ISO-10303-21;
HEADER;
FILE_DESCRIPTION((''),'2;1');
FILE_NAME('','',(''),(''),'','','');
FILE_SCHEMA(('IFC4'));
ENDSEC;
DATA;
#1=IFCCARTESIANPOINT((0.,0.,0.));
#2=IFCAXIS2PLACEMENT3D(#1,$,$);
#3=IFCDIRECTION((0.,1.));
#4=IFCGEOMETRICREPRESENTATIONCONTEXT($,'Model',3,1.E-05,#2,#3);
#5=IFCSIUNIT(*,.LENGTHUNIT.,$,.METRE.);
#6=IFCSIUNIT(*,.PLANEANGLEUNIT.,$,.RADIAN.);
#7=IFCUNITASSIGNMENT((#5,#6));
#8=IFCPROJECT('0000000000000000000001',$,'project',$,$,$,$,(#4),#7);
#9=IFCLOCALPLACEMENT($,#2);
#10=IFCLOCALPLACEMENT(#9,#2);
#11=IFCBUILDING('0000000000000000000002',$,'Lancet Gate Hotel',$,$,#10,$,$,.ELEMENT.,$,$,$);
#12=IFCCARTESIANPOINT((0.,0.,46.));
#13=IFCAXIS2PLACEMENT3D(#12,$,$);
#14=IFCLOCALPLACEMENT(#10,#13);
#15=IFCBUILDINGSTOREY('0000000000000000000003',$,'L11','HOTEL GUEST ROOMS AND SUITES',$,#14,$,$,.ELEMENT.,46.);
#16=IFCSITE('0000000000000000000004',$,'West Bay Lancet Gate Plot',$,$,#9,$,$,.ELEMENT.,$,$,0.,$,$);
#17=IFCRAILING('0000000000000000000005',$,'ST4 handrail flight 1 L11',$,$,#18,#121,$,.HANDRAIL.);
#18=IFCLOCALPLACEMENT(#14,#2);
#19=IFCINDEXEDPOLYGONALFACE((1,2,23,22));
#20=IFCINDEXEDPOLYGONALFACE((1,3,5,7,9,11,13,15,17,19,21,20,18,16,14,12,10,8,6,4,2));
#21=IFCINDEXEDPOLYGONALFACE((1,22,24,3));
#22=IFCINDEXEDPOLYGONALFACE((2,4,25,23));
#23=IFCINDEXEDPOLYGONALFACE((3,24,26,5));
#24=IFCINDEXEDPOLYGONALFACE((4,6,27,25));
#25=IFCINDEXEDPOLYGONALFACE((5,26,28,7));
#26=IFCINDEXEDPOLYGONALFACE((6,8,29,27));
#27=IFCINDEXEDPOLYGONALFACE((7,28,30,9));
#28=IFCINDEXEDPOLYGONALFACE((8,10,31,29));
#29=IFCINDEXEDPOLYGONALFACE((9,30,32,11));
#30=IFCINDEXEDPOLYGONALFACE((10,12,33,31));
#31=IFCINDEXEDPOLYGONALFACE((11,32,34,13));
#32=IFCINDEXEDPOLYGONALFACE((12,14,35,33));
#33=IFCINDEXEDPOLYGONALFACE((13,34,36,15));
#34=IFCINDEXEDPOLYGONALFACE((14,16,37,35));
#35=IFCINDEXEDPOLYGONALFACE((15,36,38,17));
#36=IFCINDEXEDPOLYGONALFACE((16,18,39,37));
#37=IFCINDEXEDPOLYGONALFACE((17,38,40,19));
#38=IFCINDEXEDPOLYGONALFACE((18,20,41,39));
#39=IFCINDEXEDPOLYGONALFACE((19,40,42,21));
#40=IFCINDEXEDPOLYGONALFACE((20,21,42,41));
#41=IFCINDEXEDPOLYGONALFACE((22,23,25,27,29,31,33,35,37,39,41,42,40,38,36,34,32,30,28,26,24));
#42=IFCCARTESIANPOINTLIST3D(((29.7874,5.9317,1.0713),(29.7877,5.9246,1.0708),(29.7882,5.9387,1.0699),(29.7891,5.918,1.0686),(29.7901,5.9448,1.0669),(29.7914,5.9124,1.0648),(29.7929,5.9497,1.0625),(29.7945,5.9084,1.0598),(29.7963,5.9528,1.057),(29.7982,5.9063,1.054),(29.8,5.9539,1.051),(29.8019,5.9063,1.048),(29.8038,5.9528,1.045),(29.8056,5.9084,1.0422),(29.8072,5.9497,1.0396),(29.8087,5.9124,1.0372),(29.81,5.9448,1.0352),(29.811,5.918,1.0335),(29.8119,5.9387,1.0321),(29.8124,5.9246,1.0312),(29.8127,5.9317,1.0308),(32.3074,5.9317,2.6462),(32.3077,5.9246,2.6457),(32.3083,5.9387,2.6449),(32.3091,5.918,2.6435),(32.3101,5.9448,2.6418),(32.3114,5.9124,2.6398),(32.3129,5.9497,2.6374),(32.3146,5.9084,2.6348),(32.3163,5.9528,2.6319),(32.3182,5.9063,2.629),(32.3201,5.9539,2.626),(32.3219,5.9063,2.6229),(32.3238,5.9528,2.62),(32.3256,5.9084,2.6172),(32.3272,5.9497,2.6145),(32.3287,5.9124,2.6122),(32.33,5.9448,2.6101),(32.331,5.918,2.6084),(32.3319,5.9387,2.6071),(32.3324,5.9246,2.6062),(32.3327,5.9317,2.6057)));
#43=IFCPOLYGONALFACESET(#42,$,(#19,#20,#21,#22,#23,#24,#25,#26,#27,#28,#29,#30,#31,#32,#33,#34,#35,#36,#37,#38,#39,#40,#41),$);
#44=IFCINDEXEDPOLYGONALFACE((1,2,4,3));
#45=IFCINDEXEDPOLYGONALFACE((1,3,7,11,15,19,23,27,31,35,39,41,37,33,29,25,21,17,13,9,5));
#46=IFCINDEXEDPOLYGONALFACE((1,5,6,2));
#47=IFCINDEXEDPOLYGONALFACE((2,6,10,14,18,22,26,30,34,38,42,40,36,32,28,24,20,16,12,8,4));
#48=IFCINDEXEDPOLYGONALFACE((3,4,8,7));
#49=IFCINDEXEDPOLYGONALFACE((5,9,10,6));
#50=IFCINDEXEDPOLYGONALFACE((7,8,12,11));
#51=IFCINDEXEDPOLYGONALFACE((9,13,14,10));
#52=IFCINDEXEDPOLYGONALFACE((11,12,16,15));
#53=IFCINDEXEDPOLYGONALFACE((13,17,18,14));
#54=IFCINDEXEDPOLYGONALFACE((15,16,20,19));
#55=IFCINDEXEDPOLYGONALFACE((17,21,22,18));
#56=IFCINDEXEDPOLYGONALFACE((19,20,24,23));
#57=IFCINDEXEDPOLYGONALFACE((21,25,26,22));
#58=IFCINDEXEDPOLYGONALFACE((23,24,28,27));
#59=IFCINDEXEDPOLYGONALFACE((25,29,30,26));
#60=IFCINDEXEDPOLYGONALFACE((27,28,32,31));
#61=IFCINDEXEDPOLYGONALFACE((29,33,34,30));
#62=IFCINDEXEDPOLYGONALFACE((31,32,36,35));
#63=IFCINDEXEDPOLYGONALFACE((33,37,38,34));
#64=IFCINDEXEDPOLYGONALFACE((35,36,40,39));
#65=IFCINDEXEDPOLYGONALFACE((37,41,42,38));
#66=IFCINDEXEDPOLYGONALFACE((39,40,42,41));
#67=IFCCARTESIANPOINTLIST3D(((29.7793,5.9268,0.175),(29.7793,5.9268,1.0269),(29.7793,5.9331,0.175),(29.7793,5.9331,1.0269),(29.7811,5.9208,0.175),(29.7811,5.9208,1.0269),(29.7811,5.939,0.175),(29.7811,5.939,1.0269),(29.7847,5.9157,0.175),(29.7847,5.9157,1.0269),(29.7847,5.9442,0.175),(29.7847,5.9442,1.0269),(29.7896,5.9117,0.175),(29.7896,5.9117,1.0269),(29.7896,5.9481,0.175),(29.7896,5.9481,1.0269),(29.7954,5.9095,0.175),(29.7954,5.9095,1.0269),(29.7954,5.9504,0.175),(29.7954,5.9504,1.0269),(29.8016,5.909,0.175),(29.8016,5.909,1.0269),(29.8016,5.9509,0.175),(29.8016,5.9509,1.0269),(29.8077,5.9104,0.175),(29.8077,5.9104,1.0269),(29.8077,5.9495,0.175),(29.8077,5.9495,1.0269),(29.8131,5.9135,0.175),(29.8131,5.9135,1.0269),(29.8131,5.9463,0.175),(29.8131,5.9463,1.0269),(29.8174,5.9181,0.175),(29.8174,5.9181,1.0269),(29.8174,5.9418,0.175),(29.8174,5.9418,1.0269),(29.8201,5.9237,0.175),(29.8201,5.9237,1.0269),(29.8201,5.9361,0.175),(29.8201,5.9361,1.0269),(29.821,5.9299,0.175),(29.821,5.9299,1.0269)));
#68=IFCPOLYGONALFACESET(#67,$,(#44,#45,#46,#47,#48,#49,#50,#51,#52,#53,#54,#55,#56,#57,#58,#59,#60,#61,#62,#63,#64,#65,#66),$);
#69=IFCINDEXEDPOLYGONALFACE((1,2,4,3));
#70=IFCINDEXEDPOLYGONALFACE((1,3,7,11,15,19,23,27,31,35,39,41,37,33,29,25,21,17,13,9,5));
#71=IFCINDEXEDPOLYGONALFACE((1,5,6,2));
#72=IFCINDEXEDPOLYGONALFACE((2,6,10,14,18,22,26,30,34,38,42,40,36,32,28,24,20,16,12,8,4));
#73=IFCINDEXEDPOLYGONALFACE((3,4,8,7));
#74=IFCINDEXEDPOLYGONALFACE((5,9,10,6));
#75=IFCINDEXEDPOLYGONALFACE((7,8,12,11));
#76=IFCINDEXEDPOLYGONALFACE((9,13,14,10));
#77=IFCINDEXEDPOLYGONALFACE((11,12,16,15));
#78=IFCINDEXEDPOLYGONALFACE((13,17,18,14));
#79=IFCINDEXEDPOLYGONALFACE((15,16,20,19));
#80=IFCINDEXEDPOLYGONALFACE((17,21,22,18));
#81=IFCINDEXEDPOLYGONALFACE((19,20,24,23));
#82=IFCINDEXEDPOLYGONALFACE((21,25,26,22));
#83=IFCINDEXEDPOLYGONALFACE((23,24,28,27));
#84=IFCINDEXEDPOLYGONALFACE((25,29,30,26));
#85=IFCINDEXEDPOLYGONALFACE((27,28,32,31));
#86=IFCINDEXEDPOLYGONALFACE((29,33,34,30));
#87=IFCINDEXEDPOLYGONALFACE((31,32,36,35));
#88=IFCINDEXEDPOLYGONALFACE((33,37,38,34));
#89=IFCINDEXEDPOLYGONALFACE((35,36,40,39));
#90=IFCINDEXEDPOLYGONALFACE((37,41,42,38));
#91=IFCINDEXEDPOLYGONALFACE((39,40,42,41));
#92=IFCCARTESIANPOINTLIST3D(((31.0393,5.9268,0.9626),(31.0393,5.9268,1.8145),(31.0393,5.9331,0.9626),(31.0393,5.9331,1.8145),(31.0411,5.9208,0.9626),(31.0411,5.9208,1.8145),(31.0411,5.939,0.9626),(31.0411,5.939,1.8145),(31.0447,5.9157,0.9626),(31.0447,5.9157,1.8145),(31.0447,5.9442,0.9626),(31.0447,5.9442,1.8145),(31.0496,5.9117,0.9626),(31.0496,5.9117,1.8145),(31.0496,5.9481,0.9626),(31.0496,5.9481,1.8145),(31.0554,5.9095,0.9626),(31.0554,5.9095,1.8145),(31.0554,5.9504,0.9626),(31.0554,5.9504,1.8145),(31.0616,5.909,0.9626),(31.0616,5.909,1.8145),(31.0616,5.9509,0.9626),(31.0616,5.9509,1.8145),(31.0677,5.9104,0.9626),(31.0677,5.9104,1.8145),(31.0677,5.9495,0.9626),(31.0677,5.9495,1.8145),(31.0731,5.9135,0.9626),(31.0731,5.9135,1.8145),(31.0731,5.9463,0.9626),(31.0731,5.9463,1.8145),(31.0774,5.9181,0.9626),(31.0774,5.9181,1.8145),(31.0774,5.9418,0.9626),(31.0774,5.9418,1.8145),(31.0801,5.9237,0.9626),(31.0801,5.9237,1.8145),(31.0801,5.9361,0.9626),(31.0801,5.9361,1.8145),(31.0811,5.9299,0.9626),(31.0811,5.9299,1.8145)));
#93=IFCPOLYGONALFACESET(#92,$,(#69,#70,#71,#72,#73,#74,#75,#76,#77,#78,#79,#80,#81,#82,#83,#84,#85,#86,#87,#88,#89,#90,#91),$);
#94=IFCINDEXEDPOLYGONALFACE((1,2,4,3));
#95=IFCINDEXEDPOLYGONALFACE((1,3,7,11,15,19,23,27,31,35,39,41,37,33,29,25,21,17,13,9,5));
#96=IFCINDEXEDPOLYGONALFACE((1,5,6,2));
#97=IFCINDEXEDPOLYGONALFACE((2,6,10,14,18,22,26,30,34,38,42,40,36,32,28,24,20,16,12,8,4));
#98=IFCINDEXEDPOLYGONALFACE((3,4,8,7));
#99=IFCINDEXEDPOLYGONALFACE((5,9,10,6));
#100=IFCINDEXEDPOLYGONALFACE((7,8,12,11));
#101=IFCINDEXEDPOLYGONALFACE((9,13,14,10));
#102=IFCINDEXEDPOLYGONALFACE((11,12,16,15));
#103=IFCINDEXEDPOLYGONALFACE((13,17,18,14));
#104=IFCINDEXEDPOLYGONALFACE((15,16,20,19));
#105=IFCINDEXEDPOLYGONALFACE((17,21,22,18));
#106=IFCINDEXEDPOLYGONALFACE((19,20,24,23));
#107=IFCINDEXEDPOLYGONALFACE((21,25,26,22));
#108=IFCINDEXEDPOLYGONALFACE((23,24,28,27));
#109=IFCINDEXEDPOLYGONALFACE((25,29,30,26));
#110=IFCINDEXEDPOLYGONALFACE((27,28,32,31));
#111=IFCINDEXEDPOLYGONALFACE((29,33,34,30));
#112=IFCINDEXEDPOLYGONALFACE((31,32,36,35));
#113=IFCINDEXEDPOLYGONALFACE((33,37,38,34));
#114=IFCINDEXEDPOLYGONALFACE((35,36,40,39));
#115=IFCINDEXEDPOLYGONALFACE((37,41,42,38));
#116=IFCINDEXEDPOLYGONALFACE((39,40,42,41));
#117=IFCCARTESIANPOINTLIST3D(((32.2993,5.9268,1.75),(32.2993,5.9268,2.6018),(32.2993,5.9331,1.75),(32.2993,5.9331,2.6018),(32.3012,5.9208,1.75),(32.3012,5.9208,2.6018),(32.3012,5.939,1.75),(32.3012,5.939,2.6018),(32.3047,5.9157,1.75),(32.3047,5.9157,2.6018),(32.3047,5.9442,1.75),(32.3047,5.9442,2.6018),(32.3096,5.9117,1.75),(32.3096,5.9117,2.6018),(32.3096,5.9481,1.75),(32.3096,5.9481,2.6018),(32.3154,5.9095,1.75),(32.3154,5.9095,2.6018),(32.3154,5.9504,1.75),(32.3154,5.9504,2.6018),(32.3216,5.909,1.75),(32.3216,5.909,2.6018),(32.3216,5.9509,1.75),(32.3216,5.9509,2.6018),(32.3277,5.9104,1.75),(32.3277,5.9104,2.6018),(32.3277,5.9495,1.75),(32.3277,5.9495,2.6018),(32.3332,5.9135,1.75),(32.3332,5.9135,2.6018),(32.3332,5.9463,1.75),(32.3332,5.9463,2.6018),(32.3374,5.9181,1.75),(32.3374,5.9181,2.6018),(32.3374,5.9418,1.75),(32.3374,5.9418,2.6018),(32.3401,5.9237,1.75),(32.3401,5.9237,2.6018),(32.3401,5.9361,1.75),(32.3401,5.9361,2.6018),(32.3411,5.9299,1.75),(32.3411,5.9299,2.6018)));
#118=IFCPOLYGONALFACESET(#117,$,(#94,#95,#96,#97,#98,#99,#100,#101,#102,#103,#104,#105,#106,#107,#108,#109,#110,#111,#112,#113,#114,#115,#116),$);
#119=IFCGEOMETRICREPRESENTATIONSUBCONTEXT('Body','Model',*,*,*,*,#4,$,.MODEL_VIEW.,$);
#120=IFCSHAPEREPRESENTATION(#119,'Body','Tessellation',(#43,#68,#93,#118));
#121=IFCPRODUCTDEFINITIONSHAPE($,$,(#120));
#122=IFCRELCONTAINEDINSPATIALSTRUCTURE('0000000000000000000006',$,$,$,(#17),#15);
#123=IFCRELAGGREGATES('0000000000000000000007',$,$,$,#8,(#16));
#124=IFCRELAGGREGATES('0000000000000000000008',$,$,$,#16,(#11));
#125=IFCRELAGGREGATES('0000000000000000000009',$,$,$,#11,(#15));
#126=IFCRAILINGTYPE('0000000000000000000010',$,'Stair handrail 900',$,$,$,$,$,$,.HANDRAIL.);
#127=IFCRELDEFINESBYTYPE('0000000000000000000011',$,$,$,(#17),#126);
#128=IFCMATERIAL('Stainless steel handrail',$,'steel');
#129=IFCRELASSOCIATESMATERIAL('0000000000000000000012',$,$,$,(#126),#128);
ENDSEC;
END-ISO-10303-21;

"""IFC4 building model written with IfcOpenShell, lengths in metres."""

from ifc_helpers import new_model, si_unit, direction, frame, origin, origin_2d, place, context, subcontext, project, spatial, circle, extrude, material, type_object, element, save


model = new_model("IFC4")

# Units and contexts
model_context = context("Model", 3, precision=1e-05, world=origin(), true_north=direction((0.0, 1.0)))
body_context = subcontext(model_context, "Body", "Model", "MODEL_VIEW")
ifc_project = project(units=[si_unit("LENGTHUNIT", "METRE"), si_unit("PLANEANGLEUNIT", "RADIAN")], contexts=[model_context])

# Site, building, storey
site_placement = place(None, origin())
site = spatial("IfcSite", under=ifc_project, at=site_placement, Name="West Bay Lancet Gate Plot", CompositionType="ELEMENT", RefElevation=0.0)
building_placement = place(site_placement, origin())
building = spatial("IfcBuilding", under=site, at=building_placement, Name="Lancet Gate Hotel", CompositionType="ELEMENT")
storey_placement = place(building_placement, frame((0.0, 0.0, 46.0)))
storey = spatial("IfcBuildingStorey", under=building, at=storey_placement, Name="L11", Description="HOTEL GUEST ROOMS AND SUITES", CompositionType="ELEMENT", Elevation=46.0)

# Railing
ifc_material_1 = material(Name="Stainless steel handrail", Category="steel")
railing_type = type_object("IfcRailingType", Name="Stair handrail 900", PredefinedType="HANDRAIL", material=ifc_material_1)
railing_1_placement = place(storey_placement, frame((29.8, 5.9299, 0.175)))
element("IfcRailing", 1, at=railing_1_placement, inside=storey, type_object=railing_type, Name="ST4 handrail flight 1 L11", PredefinedType="HANDRAIL", context=body_context, shape_type="SweptSolid", body=[
    extrude(circle(Radius=0.0239, at=origin_2d()), frame((0.0, 0.0, 0.876), z_axis=(0.848008, 0.0, 0.529984), x_axis=(0.0, 1.0, 0.0)), (0.0, 0.0, 1.0), 2.9717),
    extrude(circle(Radius=0.021, at=origin_2d()), origin(), (0.0, 0.0, 1.0), 0.8518),
    extrude(circle(Radius=0.021, at=origin_2d()), frame((1.26, 0.0, 0.7876)), (0.0, 0.0, 1.0), 0.8518),
    extrude(circle(Radius=0.021, at=origin_2d()), frame((2.52, 0.0, 1.575)), (0.0, 0.0, 1.0), 0.8518),
])

save(model, "model.ifc")
